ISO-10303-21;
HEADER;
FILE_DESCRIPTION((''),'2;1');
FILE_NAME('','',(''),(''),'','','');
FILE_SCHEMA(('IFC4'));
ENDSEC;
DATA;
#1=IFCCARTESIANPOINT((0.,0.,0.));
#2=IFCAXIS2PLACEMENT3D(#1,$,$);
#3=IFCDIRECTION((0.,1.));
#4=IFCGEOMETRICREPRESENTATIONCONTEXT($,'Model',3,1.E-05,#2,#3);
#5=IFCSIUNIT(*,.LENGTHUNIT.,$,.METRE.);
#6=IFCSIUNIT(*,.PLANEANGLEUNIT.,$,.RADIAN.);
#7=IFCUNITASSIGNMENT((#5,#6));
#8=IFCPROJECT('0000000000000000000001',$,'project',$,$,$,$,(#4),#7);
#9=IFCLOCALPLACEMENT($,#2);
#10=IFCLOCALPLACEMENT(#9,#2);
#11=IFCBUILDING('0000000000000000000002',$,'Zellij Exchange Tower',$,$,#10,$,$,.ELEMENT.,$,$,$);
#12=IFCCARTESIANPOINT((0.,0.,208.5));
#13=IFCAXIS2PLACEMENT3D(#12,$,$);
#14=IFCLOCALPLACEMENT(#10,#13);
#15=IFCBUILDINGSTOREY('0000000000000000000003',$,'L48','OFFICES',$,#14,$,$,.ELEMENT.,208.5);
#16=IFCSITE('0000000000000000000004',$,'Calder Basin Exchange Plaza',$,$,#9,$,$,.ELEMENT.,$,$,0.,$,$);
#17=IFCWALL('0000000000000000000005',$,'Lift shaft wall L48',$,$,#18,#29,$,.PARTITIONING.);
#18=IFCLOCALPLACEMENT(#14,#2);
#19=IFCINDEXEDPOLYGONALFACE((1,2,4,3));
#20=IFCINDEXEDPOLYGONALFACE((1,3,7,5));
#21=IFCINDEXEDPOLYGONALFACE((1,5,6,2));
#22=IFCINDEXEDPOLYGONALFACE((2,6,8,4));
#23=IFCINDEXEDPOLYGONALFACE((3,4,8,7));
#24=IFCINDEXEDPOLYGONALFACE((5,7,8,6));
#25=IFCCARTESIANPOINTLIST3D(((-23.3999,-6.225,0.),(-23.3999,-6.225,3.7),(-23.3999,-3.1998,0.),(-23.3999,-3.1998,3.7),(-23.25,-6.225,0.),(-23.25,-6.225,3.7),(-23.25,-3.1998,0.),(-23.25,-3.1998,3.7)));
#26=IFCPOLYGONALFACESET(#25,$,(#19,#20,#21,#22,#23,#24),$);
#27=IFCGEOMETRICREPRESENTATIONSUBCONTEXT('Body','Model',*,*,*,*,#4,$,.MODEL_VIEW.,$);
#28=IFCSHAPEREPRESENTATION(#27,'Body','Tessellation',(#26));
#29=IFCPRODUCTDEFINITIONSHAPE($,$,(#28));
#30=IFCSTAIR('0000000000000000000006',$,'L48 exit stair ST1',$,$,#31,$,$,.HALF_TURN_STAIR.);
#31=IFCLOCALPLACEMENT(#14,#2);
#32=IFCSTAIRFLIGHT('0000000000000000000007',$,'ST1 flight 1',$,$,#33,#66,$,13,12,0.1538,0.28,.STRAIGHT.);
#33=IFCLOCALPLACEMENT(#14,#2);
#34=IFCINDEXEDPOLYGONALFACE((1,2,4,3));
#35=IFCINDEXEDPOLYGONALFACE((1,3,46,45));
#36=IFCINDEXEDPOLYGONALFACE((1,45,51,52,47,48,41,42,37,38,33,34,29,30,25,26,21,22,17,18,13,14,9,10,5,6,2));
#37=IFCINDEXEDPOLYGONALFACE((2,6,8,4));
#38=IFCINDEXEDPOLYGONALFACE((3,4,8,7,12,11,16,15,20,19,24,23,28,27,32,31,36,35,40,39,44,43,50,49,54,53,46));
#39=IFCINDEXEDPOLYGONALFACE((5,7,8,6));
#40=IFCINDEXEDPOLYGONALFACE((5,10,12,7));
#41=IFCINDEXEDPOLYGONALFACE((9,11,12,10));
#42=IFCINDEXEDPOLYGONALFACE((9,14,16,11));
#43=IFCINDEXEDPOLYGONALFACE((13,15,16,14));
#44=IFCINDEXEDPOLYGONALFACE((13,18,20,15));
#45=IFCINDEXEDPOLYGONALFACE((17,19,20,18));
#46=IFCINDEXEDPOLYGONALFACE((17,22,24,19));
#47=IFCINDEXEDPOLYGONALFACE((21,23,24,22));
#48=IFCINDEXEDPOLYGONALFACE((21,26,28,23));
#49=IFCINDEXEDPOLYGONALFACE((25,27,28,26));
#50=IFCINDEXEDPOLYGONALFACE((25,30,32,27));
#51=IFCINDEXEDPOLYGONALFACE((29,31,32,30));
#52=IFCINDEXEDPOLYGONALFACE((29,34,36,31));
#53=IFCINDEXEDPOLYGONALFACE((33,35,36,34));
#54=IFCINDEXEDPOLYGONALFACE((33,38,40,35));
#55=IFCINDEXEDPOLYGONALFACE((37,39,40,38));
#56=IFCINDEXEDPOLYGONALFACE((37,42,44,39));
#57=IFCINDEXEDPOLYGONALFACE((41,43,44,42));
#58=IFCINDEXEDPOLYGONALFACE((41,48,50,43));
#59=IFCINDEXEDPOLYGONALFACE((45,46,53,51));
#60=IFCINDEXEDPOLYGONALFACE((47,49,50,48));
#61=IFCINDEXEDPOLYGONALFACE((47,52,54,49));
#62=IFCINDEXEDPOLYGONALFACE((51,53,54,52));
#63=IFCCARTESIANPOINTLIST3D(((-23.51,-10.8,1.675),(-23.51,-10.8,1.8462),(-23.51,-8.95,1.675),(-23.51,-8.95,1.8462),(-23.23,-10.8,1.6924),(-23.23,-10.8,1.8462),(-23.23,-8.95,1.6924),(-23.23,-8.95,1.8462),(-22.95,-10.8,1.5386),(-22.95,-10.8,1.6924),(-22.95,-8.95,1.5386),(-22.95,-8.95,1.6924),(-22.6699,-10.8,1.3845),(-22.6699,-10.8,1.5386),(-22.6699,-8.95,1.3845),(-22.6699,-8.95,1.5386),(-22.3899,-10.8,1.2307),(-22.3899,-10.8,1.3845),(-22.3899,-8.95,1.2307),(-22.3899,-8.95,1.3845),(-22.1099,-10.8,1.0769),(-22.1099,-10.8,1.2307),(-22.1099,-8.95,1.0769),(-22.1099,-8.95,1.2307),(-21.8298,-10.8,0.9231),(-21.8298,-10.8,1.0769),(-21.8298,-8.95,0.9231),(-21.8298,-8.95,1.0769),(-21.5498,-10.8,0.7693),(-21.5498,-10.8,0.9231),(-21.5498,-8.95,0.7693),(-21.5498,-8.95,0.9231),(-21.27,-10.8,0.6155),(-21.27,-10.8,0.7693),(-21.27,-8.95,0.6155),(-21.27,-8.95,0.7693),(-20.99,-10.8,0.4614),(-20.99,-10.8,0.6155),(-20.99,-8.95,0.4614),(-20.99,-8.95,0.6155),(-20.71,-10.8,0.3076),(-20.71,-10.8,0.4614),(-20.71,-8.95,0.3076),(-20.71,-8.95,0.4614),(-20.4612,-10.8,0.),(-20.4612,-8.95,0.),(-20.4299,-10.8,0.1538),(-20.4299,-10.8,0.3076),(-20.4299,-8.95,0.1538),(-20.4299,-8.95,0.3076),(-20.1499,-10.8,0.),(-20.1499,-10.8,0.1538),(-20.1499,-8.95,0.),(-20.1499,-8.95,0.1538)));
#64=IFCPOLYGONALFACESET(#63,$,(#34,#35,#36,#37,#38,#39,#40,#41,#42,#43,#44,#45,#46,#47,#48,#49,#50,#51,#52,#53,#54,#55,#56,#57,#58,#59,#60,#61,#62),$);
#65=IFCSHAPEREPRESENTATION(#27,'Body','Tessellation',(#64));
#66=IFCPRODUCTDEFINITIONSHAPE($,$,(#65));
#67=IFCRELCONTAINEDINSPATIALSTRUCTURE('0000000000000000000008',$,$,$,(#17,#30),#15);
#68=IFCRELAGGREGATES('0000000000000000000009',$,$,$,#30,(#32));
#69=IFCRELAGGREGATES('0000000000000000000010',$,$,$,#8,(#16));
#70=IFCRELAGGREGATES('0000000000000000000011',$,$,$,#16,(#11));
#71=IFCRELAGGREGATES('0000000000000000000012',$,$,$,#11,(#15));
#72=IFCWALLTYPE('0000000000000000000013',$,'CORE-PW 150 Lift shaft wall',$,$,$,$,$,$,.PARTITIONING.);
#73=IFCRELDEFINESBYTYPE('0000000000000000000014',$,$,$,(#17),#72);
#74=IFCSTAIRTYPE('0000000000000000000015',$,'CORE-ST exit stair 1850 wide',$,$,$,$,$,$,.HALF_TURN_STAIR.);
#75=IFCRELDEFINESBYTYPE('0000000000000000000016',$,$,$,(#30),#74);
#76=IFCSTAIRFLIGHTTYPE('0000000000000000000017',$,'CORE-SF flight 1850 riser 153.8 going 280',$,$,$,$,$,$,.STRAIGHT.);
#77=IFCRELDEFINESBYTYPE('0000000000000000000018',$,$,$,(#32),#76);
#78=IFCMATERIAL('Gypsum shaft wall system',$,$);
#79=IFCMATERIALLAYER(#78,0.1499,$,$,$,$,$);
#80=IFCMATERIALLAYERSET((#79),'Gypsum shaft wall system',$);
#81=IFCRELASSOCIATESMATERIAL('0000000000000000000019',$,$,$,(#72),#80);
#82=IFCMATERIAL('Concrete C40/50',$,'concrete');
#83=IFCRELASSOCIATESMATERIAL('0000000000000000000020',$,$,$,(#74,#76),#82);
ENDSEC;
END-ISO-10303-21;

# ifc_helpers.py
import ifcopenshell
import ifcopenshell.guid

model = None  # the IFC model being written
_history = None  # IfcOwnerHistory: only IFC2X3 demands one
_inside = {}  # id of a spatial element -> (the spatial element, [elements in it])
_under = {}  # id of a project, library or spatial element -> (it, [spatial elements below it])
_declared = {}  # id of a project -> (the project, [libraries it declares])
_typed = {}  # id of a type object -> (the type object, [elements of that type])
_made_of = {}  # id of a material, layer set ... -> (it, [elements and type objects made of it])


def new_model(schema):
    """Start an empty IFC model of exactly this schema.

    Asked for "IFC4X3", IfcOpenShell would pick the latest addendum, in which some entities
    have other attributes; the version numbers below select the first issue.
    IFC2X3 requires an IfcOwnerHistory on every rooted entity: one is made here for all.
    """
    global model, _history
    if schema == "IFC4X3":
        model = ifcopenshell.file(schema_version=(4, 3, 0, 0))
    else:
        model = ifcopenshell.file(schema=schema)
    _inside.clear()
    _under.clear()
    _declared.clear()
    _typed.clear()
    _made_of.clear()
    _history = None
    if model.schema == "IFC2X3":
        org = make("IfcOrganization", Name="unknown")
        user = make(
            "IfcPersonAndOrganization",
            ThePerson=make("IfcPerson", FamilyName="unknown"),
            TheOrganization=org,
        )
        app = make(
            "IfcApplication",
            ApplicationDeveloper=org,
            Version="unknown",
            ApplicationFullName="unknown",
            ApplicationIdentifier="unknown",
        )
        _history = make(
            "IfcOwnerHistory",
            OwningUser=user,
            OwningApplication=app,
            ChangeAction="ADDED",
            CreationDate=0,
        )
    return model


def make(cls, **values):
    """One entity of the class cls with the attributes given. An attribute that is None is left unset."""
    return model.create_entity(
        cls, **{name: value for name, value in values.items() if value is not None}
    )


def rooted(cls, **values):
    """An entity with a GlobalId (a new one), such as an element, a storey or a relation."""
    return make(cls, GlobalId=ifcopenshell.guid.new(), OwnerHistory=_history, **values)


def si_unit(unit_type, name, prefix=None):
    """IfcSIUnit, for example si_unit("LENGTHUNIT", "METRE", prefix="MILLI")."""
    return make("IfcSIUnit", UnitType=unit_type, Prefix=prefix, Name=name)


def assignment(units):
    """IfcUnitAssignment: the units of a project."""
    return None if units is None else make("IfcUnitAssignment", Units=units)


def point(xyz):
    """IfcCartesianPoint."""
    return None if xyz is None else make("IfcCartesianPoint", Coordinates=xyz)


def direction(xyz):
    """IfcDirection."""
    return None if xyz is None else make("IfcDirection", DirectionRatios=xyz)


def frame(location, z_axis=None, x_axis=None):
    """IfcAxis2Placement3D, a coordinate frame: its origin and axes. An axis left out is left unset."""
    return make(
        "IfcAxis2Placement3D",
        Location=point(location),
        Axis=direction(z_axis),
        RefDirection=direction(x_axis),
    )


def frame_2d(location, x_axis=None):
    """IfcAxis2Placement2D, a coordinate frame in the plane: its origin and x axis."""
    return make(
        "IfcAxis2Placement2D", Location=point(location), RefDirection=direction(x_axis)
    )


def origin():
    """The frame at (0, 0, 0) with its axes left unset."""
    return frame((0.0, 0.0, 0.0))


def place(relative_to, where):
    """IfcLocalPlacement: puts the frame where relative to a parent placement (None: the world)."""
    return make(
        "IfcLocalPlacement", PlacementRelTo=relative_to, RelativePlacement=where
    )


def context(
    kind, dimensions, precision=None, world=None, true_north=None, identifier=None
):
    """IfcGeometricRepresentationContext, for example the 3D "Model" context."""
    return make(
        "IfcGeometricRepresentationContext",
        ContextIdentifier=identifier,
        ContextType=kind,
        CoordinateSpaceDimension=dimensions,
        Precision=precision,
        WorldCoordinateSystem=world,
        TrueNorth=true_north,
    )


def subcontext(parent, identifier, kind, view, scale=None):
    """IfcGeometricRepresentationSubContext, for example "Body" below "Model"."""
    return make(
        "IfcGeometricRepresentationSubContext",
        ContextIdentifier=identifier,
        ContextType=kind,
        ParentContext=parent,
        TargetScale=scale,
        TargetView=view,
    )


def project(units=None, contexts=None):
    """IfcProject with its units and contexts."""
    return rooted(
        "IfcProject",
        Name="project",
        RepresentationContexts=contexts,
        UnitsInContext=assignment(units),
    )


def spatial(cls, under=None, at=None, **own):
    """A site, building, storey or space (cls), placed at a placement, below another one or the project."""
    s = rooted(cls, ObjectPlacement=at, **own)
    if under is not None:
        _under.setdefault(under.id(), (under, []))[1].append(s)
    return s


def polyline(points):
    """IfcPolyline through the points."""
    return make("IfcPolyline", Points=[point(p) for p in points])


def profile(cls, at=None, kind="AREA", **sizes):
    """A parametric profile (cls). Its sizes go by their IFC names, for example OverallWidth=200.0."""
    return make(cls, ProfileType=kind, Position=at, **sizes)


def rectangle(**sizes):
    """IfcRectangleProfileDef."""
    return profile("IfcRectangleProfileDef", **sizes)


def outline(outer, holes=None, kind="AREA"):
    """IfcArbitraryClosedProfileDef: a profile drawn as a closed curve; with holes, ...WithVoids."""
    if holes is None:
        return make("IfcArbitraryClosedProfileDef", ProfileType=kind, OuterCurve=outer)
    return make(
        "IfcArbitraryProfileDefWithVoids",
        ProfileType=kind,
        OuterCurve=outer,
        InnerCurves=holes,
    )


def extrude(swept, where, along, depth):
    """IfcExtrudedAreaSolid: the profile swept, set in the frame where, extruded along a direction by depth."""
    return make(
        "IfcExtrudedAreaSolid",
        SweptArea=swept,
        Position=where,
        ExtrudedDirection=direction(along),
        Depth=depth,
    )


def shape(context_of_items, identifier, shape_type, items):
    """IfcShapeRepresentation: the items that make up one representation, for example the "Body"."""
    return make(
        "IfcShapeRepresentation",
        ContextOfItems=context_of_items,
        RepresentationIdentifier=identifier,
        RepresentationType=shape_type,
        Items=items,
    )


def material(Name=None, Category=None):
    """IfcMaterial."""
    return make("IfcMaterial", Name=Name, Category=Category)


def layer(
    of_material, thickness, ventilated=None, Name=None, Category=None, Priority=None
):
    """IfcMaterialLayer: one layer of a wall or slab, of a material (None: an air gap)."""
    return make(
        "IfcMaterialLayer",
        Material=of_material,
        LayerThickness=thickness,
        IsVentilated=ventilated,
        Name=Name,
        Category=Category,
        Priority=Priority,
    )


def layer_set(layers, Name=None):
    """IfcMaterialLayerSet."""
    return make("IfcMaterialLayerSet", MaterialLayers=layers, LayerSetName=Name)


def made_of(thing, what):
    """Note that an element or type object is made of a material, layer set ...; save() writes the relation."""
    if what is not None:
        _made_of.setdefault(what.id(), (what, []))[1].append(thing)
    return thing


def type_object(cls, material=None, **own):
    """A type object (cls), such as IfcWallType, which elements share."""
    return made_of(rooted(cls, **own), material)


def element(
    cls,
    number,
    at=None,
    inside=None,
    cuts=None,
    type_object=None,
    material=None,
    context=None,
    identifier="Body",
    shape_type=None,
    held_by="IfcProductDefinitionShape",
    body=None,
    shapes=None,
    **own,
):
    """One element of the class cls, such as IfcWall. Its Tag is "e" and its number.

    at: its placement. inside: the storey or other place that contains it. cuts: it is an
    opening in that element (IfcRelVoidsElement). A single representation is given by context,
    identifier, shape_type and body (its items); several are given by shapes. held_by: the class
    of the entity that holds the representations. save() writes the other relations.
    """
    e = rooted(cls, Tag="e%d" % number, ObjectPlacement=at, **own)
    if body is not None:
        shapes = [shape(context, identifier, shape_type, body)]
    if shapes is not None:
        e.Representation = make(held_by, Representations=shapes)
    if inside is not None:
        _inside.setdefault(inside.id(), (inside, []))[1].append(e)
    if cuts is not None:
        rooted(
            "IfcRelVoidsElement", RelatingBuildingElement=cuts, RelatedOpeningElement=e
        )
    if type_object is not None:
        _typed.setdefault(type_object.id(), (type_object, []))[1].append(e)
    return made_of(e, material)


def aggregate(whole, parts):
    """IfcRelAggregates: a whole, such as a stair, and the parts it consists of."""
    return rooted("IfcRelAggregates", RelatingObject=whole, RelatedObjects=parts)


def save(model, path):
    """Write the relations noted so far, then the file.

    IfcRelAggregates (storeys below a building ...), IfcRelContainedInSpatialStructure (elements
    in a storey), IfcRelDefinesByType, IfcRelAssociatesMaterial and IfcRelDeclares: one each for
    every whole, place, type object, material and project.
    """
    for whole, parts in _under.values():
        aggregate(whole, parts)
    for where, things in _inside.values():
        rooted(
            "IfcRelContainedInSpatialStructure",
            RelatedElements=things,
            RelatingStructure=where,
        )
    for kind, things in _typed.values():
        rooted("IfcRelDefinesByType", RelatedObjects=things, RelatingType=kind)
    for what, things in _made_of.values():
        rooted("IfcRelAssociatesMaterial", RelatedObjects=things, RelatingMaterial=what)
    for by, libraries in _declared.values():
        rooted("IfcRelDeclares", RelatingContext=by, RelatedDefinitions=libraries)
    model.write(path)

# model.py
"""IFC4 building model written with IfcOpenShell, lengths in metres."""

from ifc_helpers import new_model, si_unit, direction, frame, frame_2d, origin, place, context, subcontext, project, spatial, polyline, rectangle, outline, extrude, material, layer, layer_set, type_object, element, aggregate, save


model = new_model("IFC4")

# Units and contexts
model_context = context("Model", 3, precision=1e-05, world=origin(), true_north=direction((0.0, 1.0)))
body_context = subcontext(model_context, "Body", "Model", "MODEL_VIEW")
ifc_project = project(units=[si_unit("LENGTHUNIT", "METRE"), si_unit("PLANEANGLEUNIT", "RADIAN")], contexts=[model_context])

# Site, building, storey
site_placement = place(None, origin())
site = spatial("IfcSite", under=ifc_project, at=site_placement, Name="Calder Basin Exchange Plaza", CompositionType="ELEMENT", RefElevation=0.0)
building_placement = place(site_placement, origin())
building = spatial("IfcBuilding", under=site, at=building_placement, Name="Zellij Exchange Tower", CompositionType="ELEMENT")
storey_placement = place(building_placement, frame((0.0, 0.0, 208.5)))
storey = spatial("IfcBuildingStorey", under=building, at=storey_placement, Name="L48", Description="OFFICES", CompositionType="ELEMENT", Elevation=208.5)

# Wall
ifc_material_1 = material(Name="Gypsum shaft wall system")
ifc_layer_1 = layer(ifc_material_1, 0.1499)
ifc_layer_set_1 = layer_set([ifc_layer_1], Name="Gypsum shaft wall system")
wall_type_1 = type_object("IfcWallType", Name="CORE-PW 150 Lift shaft wall", PredefinedType="PARTITIONING", material=ifc_layer_set_1)
for number, where, z_axis, x_axis, name in (
    (1, (-23.325, -6.2251, 0.0), (0.0, 0.0, 1.0), (0.0, 1.0, 0.0), "Lift shaft wall L48"),
):
    element("IfcWall", number, at=place(storey_placement, frame(where, z_axis=z_axis, x_axis=x_axis)), inside=storey, type_object=wall_type_1, Name=name, PredefinedType="PARTITIONING", context=body_context, shape_type="SweptSolid", body=[
        extrude(rectangle(XDim=3.0251, YDim=0.1499, at=frame_2d((1.5127, 0.0))), origin(), (0.0, 0.0, 1.0), 3.7),
    ])

# Stair, stair flight
ifc_material_2 = material(Name="Concrete C40/50", Category="concrete")
stair_type = type_object("IfcStairType", Name="CORE-ST exit stair 1850 wide", PredefinedType="HALF_TURN_STAIR", material=ifc_material_2)
stair_placement = place(storey_placement, origin())
stair = element("IfcStair", 2, at=stair_placement, inside=storey, type_object=stair_type, Name="L48 exit stair ST1", PredefinedType="HALF_TURN_STAIR")
stair_flight_type = type_object("IfcStairFlightType", Name="CORE-SF flight 1850 riser 153.8 going 280", PredefinedType="STRAIGHT", material=ifc_material_2)
stair_flight_placement = place(storey_placement, frame((-20.1499, -9.875, 0.0), z_axis=(0.0, 0.0, 1.0), x_axis=(-1.0, 0.0, 0.0)))
stair_flight = element("IfcStairFlight", 3, at=stair_flight_placement, type_object=stair_flight_type, Name="ST1 flight 1", NumberOfRisers=13, NumberOfTreads=12, PredefinedType="STRAIGHT", RiserHeight=0.1538, TreadLength=0.28, context=body_context, shape_type="SweptSolid", body=[
    extrude(outline(polyline([(0.0, 0.0), (0.0, 0.1538), (0.28, 0.1538), (0.28, 0.3076), (0.5601, 0.3076), (0.5601, 0.4614), (0.8401, 0.4614), (0.8401, 0.6155), (1.1201, 0.6155), (1.1201, 0.7693), (1.3999, 0.7693), (1.3999, 0.9231), (1.6799, 0.9231), (1.6799, 1.0769), (1.96, 1.0769), (1.96, 1.2307), (2.24, 1.2307), (2.24, 1.3845), (2.52, 1.3845), (2.52, 1.5386), (2.8, 1.5386), (2.8, 1.6924), (3.0801, 1.6924), (3.0801, 1.8462), (3.3601, 1.8462), (3.3601, 2.0), (3.3601, 1.675), (0.3113, 0.0), (0.0, 0.0)])), frame((0.0, 0.925, 0.0), z_axis=(0.0, -1.0, 0.0), x_axis=(1.0, 0.0, 0.0)), (0.0, 0.0, 1.0), 1.8501),
])
aggregate(stair, [stair_flight])

save(model, "model.ifc")
